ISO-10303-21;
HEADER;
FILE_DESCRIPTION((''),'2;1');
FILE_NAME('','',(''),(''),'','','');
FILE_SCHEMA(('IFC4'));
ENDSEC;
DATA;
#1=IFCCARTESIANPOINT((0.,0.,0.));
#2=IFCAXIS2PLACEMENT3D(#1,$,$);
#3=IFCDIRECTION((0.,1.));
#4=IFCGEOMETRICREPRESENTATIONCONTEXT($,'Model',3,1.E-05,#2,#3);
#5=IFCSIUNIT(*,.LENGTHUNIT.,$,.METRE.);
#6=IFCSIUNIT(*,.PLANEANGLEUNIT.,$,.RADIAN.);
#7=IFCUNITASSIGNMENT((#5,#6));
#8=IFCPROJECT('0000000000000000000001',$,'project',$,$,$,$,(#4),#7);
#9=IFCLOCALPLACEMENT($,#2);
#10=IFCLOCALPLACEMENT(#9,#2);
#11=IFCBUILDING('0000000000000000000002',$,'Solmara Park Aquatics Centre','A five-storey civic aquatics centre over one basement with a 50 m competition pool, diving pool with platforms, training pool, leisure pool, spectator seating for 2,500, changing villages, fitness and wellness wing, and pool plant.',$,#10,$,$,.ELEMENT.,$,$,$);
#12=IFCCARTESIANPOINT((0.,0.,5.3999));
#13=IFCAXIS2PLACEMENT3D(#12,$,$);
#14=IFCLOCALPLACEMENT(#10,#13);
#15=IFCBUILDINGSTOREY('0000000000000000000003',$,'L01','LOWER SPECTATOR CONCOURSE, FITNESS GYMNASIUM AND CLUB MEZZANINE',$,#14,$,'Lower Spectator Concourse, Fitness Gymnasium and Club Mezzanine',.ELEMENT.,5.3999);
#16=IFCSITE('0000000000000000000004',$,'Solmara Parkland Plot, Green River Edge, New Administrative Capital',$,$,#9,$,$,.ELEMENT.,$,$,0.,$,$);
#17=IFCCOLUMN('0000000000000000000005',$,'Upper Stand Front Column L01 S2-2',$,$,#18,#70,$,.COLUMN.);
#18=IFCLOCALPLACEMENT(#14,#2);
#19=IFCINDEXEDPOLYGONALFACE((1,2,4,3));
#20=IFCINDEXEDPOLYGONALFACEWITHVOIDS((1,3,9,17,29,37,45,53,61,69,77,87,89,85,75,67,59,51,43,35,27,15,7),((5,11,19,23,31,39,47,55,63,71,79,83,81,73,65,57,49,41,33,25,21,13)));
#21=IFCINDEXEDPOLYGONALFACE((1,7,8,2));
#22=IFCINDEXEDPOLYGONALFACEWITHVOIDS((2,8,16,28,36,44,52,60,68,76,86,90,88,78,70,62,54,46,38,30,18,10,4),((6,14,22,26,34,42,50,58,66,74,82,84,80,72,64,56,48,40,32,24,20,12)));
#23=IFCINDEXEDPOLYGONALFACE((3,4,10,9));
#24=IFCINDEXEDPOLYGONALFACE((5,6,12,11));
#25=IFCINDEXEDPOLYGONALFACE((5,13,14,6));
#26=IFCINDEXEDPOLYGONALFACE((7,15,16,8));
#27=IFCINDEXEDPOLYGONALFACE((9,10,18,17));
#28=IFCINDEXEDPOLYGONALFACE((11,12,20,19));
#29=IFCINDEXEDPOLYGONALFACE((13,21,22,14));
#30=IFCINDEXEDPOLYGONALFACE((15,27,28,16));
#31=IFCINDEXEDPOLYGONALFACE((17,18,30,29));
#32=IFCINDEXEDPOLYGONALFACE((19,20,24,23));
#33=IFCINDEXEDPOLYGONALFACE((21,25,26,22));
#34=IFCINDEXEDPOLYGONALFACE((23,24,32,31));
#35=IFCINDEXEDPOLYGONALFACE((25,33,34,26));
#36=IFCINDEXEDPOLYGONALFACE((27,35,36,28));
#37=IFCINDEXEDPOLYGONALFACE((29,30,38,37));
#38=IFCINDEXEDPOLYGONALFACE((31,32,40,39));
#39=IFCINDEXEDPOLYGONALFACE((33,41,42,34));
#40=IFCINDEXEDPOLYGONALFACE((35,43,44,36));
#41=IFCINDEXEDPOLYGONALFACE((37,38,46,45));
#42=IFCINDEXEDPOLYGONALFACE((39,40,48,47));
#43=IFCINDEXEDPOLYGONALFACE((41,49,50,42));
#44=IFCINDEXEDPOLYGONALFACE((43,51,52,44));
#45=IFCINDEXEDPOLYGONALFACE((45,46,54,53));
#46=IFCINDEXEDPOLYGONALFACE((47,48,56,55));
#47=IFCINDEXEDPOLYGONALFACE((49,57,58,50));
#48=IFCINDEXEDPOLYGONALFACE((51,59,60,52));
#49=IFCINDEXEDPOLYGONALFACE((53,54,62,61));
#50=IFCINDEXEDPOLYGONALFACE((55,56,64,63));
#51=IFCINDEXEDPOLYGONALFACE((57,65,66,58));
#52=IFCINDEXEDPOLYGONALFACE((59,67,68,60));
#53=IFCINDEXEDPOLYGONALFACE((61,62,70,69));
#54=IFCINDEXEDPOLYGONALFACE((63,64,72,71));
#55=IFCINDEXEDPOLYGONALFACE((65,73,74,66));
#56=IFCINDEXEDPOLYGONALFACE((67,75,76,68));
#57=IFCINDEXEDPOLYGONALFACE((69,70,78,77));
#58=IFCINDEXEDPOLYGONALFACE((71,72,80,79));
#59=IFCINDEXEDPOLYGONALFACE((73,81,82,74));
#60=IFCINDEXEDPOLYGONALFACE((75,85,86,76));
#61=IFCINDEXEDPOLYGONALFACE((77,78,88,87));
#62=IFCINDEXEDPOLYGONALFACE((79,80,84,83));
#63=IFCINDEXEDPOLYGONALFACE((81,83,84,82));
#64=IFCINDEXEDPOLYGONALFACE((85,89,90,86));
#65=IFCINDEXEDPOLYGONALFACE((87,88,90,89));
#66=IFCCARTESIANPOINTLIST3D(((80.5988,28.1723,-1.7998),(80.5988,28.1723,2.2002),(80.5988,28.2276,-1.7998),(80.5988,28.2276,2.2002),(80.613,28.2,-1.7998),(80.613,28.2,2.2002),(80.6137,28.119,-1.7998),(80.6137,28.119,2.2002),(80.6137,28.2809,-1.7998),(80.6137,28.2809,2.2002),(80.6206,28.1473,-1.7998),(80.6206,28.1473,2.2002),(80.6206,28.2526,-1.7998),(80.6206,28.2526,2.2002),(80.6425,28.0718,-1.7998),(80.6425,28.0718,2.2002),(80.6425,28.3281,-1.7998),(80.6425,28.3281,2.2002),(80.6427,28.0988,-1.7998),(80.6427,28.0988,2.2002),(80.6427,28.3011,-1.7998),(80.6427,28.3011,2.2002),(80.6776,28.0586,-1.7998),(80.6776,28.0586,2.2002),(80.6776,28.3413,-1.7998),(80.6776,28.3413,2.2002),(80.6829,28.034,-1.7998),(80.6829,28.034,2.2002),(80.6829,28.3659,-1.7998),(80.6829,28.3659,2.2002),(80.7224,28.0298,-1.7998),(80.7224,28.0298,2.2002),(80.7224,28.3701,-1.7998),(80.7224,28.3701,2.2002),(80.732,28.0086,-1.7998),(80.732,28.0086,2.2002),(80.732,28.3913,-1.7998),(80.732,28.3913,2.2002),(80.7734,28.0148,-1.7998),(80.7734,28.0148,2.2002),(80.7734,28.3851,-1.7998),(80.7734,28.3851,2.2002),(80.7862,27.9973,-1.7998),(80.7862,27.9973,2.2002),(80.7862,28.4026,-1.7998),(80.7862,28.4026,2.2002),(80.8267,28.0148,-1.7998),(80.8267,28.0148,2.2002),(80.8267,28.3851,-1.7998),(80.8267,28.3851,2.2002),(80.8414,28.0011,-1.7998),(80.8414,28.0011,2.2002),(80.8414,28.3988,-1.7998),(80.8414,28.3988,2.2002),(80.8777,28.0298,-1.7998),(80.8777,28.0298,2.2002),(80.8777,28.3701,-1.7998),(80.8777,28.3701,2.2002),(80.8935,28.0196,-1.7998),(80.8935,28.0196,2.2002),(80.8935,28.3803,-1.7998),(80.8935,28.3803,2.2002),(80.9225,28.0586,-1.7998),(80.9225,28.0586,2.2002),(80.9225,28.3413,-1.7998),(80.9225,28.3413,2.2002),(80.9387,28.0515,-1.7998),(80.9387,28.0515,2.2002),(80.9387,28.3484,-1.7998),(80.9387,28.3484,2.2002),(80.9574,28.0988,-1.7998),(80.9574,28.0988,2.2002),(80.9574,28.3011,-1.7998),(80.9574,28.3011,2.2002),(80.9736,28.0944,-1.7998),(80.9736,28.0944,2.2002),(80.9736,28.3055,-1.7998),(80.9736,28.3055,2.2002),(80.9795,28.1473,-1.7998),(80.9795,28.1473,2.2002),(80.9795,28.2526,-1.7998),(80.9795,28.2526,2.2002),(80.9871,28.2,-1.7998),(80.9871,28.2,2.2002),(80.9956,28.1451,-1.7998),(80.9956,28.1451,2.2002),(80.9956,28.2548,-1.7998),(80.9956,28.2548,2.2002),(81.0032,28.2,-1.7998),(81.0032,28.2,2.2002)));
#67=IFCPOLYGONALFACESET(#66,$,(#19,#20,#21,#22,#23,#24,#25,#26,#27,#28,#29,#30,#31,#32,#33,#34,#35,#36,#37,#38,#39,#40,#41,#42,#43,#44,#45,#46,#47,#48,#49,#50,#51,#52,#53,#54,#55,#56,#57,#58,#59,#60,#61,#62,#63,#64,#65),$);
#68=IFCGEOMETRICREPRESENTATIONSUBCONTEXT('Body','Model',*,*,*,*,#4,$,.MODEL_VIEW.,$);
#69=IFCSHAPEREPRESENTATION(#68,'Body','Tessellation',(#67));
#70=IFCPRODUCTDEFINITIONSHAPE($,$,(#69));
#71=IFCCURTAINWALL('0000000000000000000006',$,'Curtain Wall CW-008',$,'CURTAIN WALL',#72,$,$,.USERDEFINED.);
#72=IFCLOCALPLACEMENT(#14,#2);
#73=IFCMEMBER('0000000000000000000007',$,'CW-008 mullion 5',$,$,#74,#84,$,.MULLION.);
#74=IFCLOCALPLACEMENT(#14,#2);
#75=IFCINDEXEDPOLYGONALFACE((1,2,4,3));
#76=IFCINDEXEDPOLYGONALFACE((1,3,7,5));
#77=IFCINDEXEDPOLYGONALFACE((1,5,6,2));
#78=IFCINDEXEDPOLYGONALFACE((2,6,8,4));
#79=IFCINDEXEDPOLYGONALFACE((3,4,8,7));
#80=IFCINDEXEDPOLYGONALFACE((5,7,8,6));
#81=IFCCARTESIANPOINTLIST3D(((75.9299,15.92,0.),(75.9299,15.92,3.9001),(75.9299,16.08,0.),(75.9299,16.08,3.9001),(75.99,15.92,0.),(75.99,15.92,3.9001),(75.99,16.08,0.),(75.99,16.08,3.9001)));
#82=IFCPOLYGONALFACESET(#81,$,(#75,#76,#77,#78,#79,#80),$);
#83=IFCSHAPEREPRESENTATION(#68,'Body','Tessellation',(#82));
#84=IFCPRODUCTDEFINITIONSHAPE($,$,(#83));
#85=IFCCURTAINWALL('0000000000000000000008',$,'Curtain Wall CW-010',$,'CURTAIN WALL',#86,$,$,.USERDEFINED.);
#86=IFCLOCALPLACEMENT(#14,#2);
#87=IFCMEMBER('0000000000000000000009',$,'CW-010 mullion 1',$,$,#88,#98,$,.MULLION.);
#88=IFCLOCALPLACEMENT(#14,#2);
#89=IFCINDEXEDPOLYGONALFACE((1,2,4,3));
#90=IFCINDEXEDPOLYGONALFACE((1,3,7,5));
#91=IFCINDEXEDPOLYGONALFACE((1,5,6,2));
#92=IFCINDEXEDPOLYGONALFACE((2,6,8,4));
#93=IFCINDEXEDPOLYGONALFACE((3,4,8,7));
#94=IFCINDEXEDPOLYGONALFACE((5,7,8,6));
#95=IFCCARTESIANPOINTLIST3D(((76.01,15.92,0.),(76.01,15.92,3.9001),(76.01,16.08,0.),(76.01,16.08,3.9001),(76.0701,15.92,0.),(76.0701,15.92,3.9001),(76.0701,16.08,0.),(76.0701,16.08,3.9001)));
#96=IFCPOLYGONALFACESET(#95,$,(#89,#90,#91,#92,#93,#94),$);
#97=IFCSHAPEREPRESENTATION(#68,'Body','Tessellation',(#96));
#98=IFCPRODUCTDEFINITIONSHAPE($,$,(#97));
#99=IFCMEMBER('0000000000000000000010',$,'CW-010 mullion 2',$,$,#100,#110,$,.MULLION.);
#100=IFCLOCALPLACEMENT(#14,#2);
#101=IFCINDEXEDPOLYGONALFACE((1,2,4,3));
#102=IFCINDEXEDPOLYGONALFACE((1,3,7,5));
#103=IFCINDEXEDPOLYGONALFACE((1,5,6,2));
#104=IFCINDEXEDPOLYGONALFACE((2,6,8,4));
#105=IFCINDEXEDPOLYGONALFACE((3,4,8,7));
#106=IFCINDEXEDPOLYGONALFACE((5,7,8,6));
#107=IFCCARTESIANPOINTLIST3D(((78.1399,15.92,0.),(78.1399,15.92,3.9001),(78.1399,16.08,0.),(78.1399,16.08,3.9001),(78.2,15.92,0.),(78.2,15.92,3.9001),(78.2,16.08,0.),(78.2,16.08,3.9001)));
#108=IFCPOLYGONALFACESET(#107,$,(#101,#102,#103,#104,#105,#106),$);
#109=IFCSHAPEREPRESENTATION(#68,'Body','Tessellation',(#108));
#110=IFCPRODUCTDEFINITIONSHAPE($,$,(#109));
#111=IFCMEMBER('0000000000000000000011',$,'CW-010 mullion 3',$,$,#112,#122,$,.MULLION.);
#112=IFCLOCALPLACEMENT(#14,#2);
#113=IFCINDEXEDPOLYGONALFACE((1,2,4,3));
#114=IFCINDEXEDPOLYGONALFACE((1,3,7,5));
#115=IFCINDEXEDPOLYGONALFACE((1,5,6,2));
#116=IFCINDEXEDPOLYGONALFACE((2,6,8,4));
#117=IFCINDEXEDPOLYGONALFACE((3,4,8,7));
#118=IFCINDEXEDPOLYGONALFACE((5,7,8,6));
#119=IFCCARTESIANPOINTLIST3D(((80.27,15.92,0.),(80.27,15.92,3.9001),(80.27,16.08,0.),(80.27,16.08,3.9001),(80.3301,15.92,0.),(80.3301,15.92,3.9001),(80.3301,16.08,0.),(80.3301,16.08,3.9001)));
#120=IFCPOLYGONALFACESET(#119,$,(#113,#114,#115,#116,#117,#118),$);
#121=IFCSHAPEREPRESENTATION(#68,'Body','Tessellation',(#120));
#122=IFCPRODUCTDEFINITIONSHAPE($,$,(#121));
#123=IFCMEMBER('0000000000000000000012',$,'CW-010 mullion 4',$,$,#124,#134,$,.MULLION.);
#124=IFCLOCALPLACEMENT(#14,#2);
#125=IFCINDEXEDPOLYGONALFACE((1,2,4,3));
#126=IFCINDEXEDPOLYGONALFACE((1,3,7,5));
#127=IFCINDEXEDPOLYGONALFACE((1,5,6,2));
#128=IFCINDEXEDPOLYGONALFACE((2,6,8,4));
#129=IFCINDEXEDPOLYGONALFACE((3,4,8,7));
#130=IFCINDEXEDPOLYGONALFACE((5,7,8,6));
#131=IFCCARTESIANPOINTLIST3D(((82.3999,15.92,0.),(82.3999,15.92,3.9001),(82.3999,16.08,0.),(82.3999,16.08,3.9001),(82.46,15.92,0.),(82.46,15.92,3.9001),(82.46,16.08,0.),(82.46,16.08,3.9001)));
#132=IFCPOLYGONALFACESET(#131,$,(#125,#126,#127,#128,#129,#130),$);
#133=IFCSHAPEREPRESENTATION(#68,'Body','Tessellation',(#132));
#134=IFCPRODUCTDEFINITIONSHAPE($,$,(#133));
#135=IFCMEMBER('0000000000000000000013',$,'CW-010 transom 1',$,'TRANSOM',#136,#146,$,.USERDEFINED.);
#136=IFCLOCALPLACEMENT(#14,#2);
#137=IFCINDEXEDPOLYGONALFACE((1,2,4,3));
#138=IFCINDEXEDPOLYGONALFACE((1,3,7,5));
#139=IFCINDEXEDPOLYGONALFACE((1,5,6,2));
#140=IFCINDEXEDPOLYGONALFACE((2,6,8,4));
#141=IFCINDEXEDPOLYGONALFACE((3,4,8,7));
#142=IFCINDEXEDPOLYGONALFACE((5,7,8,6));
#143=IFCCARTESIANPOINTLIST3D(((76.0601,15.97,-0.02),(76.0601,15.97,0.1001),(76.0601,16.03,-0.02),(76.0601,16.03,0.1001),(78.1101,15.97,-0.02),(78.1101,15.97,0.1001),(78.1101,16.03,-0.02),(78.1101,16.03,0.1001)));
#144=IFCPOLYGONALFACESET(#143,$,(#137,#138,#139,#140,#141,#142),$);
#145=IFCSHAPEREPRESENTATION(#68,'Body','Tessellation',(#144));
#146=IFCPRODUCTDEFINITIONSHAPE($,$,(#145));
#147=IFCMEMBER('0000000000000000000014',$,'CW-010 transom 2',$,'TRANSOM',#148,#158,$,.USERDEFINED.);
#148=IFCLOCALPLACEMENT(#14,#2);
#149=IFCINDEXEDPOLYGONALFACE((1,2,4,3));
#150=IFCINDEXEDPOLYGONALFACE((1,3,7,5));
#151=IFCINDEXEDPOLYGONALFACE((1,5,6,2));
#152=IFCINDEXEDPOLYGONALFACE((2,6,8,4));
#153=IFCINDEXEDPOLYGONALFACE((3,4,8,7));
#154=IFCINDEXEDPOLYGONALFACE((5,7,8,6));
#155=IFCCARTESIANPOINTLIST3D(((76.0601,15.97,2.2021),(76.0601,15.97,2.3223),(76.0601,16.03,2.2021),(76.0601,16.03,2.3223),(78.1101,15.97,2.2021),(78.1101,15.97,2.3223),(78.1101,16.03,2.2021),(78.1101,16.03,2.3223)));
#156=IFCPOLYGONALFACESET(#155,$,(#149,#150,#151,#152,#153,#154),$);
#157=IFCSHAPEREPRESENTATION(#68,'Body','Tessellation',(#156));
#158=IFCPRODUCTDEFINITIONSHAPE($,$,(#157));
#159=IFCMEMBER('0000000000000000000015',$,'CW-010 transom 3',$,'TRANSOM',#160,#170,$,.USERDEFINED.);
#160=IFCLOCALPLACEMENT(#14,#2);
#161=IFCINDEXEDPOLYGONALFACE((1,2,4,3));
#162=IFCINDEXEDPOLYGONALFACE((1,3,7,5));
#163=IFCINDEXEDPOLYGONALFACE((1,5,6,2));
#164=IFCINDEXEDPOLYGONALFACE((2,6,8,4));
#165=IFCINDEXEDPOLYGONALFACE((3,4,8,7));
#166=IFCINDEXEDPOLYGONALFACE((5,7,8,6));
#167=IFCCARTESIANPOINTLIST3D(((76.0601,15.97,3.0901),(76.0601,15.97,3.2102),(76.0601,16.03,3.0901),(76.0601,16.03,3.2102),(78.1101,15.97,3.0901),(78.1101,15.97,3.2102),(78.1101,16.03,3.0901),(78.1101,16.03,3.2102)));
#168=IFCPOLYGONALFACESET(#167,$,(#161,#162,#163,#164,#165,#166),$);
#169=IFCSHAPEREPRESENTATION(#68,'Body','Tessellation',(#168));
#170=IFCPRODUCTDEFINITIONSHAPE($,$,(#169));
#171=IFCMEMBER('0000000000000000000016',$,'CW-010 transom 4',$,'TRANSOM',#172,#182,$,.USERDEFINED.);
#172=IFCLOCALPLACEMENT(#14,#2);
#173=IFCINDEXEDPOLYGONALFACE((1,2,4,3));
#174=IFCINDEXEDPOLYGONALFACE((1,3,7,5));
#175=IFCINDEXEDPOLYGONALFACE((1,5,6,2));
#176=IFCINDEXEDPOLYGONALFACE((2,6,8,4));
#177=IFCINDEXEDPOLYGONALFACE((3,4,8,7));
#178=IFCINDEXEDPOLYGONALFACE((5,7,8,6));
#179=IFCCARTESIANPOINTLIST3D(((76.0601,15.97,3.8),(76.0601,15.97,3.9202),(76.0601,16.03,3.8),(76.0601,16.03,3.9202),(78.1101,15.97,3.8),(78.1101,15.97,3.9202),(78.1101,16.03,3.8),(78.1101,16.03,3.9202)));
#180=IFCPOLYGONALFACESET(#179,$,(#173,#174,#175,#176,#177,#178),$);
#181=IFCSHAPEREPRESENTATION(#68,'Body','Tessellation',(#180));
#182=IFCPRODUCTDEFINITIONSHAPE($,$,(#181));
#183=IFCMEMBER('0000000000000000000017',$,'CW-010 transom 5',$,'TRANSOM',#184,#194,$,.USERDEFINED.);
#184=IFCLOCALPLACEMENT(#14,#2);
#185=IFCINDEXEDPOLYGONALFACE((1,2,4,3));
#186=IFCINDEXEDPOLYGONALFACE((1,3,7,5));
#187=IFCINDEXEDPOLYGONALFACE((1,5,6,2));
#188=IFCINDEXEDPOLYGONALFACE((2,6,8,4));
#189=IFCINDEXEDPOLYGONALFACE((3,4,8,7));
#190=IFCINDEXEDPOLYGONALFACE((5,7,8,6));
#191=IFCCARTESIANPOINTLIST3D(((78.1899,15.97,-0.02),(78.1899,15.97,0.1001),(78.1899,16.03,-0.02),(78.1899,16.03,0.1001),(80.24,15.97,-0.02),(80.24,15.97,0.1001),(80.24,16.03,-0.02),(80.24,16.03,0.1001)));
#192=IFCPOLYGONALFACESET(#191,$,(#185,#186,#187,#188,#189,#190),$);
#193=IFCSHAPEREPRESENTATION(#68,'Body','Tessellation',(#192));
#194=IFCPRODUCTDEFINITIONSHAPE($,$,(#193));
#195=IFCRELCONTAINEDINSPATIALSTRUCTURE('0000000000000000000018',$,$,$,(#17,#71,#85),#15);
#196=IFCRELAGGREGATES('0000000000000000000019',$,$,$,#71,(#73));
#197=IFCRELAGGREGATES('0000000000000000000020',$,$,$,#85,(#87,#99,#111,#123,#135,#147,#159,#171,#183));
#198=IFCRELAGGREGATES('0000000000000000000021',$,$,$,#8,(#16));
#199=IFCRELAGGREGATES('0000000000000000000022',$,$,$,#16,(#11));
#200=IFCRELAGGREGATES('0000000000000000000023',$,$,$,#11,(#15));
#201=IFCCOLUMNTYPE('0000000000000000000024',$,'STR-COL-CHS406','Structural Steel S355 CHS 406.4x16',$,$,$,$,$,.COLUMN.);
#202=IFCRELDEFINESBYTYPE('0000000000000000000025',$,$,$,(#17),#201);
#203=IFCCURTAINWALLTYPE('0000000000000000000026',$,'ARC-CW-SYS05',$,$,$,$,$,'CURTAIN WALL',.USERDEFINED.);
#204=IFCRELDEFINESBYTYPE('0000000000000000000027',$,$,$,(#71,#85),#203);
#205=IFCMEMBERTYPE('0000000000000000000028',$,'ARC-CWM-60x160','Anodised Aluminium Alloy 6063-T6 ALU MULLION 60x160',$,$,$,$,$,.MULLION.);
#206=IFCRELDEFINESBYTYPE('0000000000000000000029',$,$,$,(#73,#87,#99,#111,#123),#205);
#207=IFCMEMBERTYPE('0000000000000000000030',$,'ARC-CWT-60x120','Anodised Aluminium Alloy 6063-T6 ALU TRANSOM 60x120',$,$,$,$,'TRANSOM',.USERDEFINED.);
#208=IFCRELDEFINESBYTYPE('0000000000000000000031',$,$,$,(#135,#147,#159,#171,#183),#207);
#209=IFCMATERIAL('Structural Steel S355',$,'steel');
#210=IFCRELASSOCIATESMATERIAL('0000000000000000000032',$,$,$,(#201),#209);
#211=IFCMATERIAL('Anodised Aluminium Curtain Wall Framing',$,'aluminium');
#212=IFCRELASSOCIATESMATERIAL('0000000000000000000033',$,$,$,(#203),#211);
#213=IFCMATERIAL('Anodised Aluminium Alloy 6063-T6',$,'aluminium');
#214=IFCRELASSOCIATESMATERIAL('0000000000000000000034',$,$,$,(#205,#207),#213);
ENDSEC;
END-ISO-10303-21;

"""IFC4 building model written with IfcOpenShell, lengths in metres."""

from ifc_helpers import new_model, si_unit, direction, frame, origin, origin_2d, place, context, subcontext, project, spatial, rectangle, hollow_circle, extrude, material, material_profile, profile_set, type_object, element, aggregate, save


model = new_model("IFC4")

# Units and contexts
model_context = context("Model", 3, precision=1e-05, world=origin(), true_north=direction((0.0, 1.0)))
body_context = subcontext(model_context, "Body", "Model", "MODEL_VIEW")
ifc_project = project(units=[si_unit("LENGTHUNIT", "METRE"), si_unit("PLANEANGLEUNIT", "RADIAN")], contexts=[model_context])

# Site, building, storey
site_placement = place(None, origin())
site = spatial("IfcSite", under=ifc_project, at=site_placement, Name="Solmara Parkland Plot, Green River Edge, New Administrative Capital", CompositionType="ELEMENT", RefElevation=0.0)
building_placement = place(site_placement, origin())
building = spatial("IfcBuilding", under=site, at=building_placement, Name="Solmara Park Aquatics Centre", Description="A five-storey civic aquatics centre over one basement with a 50 m competition pool, diving pool with platforms, training pool, leisure pool, spectator seating for 2,500, changing villages, fitness and wellness wing, and pool plant.", CompositionType="ELEMENT")
storey_placement = place(building_placement, frame((0.0, 0.0, 5.3999)))
storey = spatial("IfcBuildingStorey", under=building, at=storey_placement, Name="L01", Description="LOWER SPECTATOR CONCOURSE, FITNESS GYMNASIUM AND CLUB MEZZANINE", LongName="Lower Spectator Concourse, Fitness Gymnasium and Club Mezzanine", CompositionType="ELEMENT", Elevation=5.3999)

# Column
ifc_material_1 = material(Name="Structural Steel S355", Category="steel")
ifc_material_profile_1 = material_profile(ifc_material_1, hollow_circle(Radius=0.2031, WallThickness=0.0161, at=origin_2d()), Name="CHS 406.4x16")
ifc_profile_set_1 = profile_set([ifc_material_profile_1], Name="Structural Steel S355")
column_type = type_object("IfcColumnType", Name="STR-COL-CHS406", Description="Structural Steel S355 CHS 406.4x16", PredefinedType="COLUMN", material=ifc_profile_set_1)
column_placement = place(storey_placement, frame((80.8, 28.2, -1.7998), z_axis=(0.0, 0.0, 1.0), x_axis=(1.0, 0.0, 0.0)))
element("IfcColumn", 1, at=column_placement, inside=storey, type_object=column_type, Name="Upper Stand Front Column L01 S2-2", PredefinedType="COLUMN", context=body_context, shape_type="SweptSolid", body=[
    extrude(hollow_circle(Radius=0.2031, WallThickness=0.0161, at=origin_2d()), origin(), (0.0, 0.0, 1.0), 4.0),
])

# Curtain wall, member
ifc_material_2 = material(Name="Anodised Aluminium Curtain Wall Framing", Category="aluminium")
curtain_wall_type = type_object("IfcCurtainWallType", Name="ARC-CW-SYS05", ElementType="CURTAIN WALL", PredefinedType="USERDEFINED", material=ifc_material_2)
curtain_wall_1_placement = place(storey_placement, origin())
curtain_wall_1 = element("IfcCurtainWall", 2, at=curtain_wall_1_placement, inside=storey, type_object=curtain_wall_type, Name="Curtain Wall CW-008", ObjectType="CURTAIN WALL", PredefinedType="USERDEFINED")
ifc_material_3 = material(Name="Anodised Aluminium Alloy 6063-T6", Category="aluminium")
ifc_material_profile_2 = material_profile(ifc_material_3, rectangle(XDim=0.0601, YDim=0.1599, at=origin_2d()), Name="ALU MULLION 60x160")
ifc_profile_set_2 = profile_set([ifc_material_profile_2], Name="Anodised Aluminium Alloy 6063-T6")
member_type_1 = type_object("IfcMemberType", Name="ARC-CWM-60x160", Description="Anodised Aluminium Alloy 6063-T6 ALU MULLION 60x160", PredefinedType="MULLION", material=ifc_profile_set_2)
member_1_placement = place(storey_placement, frame((75.96, 16.0, 0.0), z_axis=(0.0, 0.0, 1.0), x_axis=(1.0, 0.0, 0.0)))
member_1 = element("IfcMember", 3, at=member_1_placement, type_object=member_type_1, Name="CW-008 mullion 5", PredefinedType="MULLION", context=body_context, shape_type="SweptSolid", body=[
    extrude(rectangle(XDim=0.0601, YDim=0.1599, at=origin_2d()), origin(), (0.0, 0.0, 1.0), 3.9001),
])
aggregate(curtain_wall_1, [member_1])

# Curtain wall, members
curtain_wall_2_placement = place(storey_placement, origin())
curtain_wall_2 = element("IfcCurtainWall", 4, at=curtain_wall_2_placement, inside=storey, type_object=curtain_wall_type, Name="Curtain Wall CW-010", ObjectType="CURTAIN WALL", PredefinedType="USERDEFINED")
member_2_placement = place(storey_placement, frame((76.04, 16.0, 0.0), z_axis=(0.0, 0.0, 1.0), x_axis=(1.0, 0.0, 0.0)))
member_2 = element("IfcMember", 5, at=member_2_placement, type_object=member_type_1, Name="CW-010 mullion 1", PredefinedType="MULLION", context=body_context, shape_type="SweptSolid", body=[
    extrude(rectangle(XDim=0.0601, YDim=0.1599, at=origin_2d()), origin(), (0.0, 0.0, 1.0), 3.9001),
])
member_3_placement = place(storey_placement, frame((78.1699, 16.0, 0.0), z_axis=(0.0, 0.0, 1.0), x_axis=(1.0, 0.0, 0.0)))
member_3 = element("IfcMember", 6, at=member_3_placement, type_object=member_type_1, Name="CW-010 mullion 2", PredefinedType="MULLION", context=body_context, shape_type="SweptSolid", body=[
    extrude(rectangle(XDim=0.0601, YDim=0.1599, at=origin_2d()), origin(), (0.0, 0.0, 1.0), 3.9001),
])
member_4_placement = place(storey_placement, frame((80.3, 16.0, 0.0), z_axis=(0.0, 0.0, 1.0), x_axis=(1.0, 0.0, 0.0)))
member_4 = element("IfcMember", 7, at=member_4_placement, type_object=member_type_1, Name="CW-010 mullion 3", PredefinedType="MULLION", context=body_context, shape_type="SweptSolid", body=[
    extrude(rectangle(XDim=0.0601, YDim=0.1599, at=origin_2d()), origin(), (0.0, 0.0, 1.0), 3.9001),
])
member_5_placement = place(storey_placement, frame((82.4299, 16.0, 0.0), z_axis=(0.0, 0.0, 1.0), x_axis=(1.0, 0.0, 0.0)))
member_5 = element("IfcMember", 8, at=member_5_placement, type_object=member_type_1, Name="CW-010 mullion 4", PredefinedType="MULLION", context=body_context, shape_type="SweptSolid", body=[
    extrude(rectangle(XDim=0.0601, YDim=0.1599, at=origin_2d()), origin(), (0.0, 0.0, 1.0), 3.9001),
])
ifc_material_profile_3 = material_profile(ifc_material_3, rectangle(XDim=0.0601, YDim=0.1201, at=origin_2d()), Name="ALU TRANSOM 60x120")
ifc_profile_set_3 = profile_set([ifc_material_profile_3], Name="Anodised Aluminium Alloy 6063-T6")
member_type_2 = type_object("IfcMemberType", Name="ARC-CWT-60x120", Description="Anodised Aluminium Alloy 6063-T6 ALU TRANSOM 60x120", ElementType="TRANSOM", PredefinedType="USERDEFINED", material=ifc_profile_set_3)
member_6_placement = place(storey_placement, frame((76.0601, 16.0, 0.04), z_axis=(1.0, 0.0, 0.0), x_axis=(0.0, 1.0, 0.0)))
member_6 = element("IfcMember", 9, at=member_6_placement, type_object=member_type_2, Name="CW-010 transom 1", ObjectType="TRANSOM", PredefinedType="USERDEFINED", context=body_context, shape_type="SweptSolid", body=[
    extrude(rectangle(XDim=0.0601, YDim=0.1201, at=origin_2d()), origin(), (0.0, 0.0, 1.0), 2.05),
])
member_7_placement = place(storey_placement, frame((76.0601, 16.0, 2.2622), z_axis=(1.0, 0.0, 0.0), x_axis=(0.0, 1.0, 0.0)))
member_7 = element("IfcMember", 10, at=member_7_placement, type_object=member_type_2, Name="CW-010 transom 2", ObjectType="TRANSOM", PredefinedType="USERDEFINED", context=body_context, shape_type="SweptSolid", body=[
    extrude(rectangle(XDim=0.0601, YDim=0.1201, at=origin_2d()), origin(), (0.0, 0.0, 1.0), 2.05),
])
member_8_placement = place(storey_placement, frame((76.0601, 16.0, 3.1501), z_axis=(1.0, 0.0, 0.0), x_axis=(0.0, 1.0, 0.0)))
member_8 = element("IfcMember", 11, at=member_8_placement, type_object=member_type_2, Name="CW-010 transom 3", ObjectType="TRANSOM", PredefinedType="USERDEFINED", context=body_context, shape_type="SweptSolid", body=[
    extrude(rectangle(XDim=0.0601, YDim=0.1201, at=origin_2d()), origin(), (0.0, 0.0, 1.0), 2.05),
])
member_9_placement = place(storey_placement, frame((76.0601, 16.0, 3.8601), z_axis=(1.0, 0.0, 0.0), x_axis=(0.0, 1.0, 0.0)))
member_9 = element("IfcMember", 12, at=member_9_placement, type_object=member_type_2, Name="CW-010 transom 4", ObjectType="TRANSOM", PredefinedType="USERDEFINED", context=body_context, shape_type="SweptSolid", body=[
    extrude(rectangle(XDim=0.0601, YDim=0.1201, at=origin_2d()), origin(), (0.0, 0.0, 1.0), 2.05),
])
member_10_placement = place(storey_placement, frame((78.1899, 16.0, 0.04), z_axis=(1.0, 0.0, 0.0), x_axis=(0.0, 1.0, 0.0)))
member_10 = element("IfcMember", 13, at=member_10_placement, type_object=member_type_2, Name="CW-010 transom 5", ObjectType="TRANSOM", PredefinedType="USERDEFINED", context=body_context, shape_type="SweptSolid", body=[
    extrude(rectangle(XDim=0.0601, YDim=0.1201, at=origin_2d()), origin(), (0.0, 0.0, 1.0), 2.05),
])

aggregate(curtain_wall_2, [member_2, member_3, member_4, member_5, member_6, member_7, member_8, member_9, member_10])

save(model, "model.ifc")
